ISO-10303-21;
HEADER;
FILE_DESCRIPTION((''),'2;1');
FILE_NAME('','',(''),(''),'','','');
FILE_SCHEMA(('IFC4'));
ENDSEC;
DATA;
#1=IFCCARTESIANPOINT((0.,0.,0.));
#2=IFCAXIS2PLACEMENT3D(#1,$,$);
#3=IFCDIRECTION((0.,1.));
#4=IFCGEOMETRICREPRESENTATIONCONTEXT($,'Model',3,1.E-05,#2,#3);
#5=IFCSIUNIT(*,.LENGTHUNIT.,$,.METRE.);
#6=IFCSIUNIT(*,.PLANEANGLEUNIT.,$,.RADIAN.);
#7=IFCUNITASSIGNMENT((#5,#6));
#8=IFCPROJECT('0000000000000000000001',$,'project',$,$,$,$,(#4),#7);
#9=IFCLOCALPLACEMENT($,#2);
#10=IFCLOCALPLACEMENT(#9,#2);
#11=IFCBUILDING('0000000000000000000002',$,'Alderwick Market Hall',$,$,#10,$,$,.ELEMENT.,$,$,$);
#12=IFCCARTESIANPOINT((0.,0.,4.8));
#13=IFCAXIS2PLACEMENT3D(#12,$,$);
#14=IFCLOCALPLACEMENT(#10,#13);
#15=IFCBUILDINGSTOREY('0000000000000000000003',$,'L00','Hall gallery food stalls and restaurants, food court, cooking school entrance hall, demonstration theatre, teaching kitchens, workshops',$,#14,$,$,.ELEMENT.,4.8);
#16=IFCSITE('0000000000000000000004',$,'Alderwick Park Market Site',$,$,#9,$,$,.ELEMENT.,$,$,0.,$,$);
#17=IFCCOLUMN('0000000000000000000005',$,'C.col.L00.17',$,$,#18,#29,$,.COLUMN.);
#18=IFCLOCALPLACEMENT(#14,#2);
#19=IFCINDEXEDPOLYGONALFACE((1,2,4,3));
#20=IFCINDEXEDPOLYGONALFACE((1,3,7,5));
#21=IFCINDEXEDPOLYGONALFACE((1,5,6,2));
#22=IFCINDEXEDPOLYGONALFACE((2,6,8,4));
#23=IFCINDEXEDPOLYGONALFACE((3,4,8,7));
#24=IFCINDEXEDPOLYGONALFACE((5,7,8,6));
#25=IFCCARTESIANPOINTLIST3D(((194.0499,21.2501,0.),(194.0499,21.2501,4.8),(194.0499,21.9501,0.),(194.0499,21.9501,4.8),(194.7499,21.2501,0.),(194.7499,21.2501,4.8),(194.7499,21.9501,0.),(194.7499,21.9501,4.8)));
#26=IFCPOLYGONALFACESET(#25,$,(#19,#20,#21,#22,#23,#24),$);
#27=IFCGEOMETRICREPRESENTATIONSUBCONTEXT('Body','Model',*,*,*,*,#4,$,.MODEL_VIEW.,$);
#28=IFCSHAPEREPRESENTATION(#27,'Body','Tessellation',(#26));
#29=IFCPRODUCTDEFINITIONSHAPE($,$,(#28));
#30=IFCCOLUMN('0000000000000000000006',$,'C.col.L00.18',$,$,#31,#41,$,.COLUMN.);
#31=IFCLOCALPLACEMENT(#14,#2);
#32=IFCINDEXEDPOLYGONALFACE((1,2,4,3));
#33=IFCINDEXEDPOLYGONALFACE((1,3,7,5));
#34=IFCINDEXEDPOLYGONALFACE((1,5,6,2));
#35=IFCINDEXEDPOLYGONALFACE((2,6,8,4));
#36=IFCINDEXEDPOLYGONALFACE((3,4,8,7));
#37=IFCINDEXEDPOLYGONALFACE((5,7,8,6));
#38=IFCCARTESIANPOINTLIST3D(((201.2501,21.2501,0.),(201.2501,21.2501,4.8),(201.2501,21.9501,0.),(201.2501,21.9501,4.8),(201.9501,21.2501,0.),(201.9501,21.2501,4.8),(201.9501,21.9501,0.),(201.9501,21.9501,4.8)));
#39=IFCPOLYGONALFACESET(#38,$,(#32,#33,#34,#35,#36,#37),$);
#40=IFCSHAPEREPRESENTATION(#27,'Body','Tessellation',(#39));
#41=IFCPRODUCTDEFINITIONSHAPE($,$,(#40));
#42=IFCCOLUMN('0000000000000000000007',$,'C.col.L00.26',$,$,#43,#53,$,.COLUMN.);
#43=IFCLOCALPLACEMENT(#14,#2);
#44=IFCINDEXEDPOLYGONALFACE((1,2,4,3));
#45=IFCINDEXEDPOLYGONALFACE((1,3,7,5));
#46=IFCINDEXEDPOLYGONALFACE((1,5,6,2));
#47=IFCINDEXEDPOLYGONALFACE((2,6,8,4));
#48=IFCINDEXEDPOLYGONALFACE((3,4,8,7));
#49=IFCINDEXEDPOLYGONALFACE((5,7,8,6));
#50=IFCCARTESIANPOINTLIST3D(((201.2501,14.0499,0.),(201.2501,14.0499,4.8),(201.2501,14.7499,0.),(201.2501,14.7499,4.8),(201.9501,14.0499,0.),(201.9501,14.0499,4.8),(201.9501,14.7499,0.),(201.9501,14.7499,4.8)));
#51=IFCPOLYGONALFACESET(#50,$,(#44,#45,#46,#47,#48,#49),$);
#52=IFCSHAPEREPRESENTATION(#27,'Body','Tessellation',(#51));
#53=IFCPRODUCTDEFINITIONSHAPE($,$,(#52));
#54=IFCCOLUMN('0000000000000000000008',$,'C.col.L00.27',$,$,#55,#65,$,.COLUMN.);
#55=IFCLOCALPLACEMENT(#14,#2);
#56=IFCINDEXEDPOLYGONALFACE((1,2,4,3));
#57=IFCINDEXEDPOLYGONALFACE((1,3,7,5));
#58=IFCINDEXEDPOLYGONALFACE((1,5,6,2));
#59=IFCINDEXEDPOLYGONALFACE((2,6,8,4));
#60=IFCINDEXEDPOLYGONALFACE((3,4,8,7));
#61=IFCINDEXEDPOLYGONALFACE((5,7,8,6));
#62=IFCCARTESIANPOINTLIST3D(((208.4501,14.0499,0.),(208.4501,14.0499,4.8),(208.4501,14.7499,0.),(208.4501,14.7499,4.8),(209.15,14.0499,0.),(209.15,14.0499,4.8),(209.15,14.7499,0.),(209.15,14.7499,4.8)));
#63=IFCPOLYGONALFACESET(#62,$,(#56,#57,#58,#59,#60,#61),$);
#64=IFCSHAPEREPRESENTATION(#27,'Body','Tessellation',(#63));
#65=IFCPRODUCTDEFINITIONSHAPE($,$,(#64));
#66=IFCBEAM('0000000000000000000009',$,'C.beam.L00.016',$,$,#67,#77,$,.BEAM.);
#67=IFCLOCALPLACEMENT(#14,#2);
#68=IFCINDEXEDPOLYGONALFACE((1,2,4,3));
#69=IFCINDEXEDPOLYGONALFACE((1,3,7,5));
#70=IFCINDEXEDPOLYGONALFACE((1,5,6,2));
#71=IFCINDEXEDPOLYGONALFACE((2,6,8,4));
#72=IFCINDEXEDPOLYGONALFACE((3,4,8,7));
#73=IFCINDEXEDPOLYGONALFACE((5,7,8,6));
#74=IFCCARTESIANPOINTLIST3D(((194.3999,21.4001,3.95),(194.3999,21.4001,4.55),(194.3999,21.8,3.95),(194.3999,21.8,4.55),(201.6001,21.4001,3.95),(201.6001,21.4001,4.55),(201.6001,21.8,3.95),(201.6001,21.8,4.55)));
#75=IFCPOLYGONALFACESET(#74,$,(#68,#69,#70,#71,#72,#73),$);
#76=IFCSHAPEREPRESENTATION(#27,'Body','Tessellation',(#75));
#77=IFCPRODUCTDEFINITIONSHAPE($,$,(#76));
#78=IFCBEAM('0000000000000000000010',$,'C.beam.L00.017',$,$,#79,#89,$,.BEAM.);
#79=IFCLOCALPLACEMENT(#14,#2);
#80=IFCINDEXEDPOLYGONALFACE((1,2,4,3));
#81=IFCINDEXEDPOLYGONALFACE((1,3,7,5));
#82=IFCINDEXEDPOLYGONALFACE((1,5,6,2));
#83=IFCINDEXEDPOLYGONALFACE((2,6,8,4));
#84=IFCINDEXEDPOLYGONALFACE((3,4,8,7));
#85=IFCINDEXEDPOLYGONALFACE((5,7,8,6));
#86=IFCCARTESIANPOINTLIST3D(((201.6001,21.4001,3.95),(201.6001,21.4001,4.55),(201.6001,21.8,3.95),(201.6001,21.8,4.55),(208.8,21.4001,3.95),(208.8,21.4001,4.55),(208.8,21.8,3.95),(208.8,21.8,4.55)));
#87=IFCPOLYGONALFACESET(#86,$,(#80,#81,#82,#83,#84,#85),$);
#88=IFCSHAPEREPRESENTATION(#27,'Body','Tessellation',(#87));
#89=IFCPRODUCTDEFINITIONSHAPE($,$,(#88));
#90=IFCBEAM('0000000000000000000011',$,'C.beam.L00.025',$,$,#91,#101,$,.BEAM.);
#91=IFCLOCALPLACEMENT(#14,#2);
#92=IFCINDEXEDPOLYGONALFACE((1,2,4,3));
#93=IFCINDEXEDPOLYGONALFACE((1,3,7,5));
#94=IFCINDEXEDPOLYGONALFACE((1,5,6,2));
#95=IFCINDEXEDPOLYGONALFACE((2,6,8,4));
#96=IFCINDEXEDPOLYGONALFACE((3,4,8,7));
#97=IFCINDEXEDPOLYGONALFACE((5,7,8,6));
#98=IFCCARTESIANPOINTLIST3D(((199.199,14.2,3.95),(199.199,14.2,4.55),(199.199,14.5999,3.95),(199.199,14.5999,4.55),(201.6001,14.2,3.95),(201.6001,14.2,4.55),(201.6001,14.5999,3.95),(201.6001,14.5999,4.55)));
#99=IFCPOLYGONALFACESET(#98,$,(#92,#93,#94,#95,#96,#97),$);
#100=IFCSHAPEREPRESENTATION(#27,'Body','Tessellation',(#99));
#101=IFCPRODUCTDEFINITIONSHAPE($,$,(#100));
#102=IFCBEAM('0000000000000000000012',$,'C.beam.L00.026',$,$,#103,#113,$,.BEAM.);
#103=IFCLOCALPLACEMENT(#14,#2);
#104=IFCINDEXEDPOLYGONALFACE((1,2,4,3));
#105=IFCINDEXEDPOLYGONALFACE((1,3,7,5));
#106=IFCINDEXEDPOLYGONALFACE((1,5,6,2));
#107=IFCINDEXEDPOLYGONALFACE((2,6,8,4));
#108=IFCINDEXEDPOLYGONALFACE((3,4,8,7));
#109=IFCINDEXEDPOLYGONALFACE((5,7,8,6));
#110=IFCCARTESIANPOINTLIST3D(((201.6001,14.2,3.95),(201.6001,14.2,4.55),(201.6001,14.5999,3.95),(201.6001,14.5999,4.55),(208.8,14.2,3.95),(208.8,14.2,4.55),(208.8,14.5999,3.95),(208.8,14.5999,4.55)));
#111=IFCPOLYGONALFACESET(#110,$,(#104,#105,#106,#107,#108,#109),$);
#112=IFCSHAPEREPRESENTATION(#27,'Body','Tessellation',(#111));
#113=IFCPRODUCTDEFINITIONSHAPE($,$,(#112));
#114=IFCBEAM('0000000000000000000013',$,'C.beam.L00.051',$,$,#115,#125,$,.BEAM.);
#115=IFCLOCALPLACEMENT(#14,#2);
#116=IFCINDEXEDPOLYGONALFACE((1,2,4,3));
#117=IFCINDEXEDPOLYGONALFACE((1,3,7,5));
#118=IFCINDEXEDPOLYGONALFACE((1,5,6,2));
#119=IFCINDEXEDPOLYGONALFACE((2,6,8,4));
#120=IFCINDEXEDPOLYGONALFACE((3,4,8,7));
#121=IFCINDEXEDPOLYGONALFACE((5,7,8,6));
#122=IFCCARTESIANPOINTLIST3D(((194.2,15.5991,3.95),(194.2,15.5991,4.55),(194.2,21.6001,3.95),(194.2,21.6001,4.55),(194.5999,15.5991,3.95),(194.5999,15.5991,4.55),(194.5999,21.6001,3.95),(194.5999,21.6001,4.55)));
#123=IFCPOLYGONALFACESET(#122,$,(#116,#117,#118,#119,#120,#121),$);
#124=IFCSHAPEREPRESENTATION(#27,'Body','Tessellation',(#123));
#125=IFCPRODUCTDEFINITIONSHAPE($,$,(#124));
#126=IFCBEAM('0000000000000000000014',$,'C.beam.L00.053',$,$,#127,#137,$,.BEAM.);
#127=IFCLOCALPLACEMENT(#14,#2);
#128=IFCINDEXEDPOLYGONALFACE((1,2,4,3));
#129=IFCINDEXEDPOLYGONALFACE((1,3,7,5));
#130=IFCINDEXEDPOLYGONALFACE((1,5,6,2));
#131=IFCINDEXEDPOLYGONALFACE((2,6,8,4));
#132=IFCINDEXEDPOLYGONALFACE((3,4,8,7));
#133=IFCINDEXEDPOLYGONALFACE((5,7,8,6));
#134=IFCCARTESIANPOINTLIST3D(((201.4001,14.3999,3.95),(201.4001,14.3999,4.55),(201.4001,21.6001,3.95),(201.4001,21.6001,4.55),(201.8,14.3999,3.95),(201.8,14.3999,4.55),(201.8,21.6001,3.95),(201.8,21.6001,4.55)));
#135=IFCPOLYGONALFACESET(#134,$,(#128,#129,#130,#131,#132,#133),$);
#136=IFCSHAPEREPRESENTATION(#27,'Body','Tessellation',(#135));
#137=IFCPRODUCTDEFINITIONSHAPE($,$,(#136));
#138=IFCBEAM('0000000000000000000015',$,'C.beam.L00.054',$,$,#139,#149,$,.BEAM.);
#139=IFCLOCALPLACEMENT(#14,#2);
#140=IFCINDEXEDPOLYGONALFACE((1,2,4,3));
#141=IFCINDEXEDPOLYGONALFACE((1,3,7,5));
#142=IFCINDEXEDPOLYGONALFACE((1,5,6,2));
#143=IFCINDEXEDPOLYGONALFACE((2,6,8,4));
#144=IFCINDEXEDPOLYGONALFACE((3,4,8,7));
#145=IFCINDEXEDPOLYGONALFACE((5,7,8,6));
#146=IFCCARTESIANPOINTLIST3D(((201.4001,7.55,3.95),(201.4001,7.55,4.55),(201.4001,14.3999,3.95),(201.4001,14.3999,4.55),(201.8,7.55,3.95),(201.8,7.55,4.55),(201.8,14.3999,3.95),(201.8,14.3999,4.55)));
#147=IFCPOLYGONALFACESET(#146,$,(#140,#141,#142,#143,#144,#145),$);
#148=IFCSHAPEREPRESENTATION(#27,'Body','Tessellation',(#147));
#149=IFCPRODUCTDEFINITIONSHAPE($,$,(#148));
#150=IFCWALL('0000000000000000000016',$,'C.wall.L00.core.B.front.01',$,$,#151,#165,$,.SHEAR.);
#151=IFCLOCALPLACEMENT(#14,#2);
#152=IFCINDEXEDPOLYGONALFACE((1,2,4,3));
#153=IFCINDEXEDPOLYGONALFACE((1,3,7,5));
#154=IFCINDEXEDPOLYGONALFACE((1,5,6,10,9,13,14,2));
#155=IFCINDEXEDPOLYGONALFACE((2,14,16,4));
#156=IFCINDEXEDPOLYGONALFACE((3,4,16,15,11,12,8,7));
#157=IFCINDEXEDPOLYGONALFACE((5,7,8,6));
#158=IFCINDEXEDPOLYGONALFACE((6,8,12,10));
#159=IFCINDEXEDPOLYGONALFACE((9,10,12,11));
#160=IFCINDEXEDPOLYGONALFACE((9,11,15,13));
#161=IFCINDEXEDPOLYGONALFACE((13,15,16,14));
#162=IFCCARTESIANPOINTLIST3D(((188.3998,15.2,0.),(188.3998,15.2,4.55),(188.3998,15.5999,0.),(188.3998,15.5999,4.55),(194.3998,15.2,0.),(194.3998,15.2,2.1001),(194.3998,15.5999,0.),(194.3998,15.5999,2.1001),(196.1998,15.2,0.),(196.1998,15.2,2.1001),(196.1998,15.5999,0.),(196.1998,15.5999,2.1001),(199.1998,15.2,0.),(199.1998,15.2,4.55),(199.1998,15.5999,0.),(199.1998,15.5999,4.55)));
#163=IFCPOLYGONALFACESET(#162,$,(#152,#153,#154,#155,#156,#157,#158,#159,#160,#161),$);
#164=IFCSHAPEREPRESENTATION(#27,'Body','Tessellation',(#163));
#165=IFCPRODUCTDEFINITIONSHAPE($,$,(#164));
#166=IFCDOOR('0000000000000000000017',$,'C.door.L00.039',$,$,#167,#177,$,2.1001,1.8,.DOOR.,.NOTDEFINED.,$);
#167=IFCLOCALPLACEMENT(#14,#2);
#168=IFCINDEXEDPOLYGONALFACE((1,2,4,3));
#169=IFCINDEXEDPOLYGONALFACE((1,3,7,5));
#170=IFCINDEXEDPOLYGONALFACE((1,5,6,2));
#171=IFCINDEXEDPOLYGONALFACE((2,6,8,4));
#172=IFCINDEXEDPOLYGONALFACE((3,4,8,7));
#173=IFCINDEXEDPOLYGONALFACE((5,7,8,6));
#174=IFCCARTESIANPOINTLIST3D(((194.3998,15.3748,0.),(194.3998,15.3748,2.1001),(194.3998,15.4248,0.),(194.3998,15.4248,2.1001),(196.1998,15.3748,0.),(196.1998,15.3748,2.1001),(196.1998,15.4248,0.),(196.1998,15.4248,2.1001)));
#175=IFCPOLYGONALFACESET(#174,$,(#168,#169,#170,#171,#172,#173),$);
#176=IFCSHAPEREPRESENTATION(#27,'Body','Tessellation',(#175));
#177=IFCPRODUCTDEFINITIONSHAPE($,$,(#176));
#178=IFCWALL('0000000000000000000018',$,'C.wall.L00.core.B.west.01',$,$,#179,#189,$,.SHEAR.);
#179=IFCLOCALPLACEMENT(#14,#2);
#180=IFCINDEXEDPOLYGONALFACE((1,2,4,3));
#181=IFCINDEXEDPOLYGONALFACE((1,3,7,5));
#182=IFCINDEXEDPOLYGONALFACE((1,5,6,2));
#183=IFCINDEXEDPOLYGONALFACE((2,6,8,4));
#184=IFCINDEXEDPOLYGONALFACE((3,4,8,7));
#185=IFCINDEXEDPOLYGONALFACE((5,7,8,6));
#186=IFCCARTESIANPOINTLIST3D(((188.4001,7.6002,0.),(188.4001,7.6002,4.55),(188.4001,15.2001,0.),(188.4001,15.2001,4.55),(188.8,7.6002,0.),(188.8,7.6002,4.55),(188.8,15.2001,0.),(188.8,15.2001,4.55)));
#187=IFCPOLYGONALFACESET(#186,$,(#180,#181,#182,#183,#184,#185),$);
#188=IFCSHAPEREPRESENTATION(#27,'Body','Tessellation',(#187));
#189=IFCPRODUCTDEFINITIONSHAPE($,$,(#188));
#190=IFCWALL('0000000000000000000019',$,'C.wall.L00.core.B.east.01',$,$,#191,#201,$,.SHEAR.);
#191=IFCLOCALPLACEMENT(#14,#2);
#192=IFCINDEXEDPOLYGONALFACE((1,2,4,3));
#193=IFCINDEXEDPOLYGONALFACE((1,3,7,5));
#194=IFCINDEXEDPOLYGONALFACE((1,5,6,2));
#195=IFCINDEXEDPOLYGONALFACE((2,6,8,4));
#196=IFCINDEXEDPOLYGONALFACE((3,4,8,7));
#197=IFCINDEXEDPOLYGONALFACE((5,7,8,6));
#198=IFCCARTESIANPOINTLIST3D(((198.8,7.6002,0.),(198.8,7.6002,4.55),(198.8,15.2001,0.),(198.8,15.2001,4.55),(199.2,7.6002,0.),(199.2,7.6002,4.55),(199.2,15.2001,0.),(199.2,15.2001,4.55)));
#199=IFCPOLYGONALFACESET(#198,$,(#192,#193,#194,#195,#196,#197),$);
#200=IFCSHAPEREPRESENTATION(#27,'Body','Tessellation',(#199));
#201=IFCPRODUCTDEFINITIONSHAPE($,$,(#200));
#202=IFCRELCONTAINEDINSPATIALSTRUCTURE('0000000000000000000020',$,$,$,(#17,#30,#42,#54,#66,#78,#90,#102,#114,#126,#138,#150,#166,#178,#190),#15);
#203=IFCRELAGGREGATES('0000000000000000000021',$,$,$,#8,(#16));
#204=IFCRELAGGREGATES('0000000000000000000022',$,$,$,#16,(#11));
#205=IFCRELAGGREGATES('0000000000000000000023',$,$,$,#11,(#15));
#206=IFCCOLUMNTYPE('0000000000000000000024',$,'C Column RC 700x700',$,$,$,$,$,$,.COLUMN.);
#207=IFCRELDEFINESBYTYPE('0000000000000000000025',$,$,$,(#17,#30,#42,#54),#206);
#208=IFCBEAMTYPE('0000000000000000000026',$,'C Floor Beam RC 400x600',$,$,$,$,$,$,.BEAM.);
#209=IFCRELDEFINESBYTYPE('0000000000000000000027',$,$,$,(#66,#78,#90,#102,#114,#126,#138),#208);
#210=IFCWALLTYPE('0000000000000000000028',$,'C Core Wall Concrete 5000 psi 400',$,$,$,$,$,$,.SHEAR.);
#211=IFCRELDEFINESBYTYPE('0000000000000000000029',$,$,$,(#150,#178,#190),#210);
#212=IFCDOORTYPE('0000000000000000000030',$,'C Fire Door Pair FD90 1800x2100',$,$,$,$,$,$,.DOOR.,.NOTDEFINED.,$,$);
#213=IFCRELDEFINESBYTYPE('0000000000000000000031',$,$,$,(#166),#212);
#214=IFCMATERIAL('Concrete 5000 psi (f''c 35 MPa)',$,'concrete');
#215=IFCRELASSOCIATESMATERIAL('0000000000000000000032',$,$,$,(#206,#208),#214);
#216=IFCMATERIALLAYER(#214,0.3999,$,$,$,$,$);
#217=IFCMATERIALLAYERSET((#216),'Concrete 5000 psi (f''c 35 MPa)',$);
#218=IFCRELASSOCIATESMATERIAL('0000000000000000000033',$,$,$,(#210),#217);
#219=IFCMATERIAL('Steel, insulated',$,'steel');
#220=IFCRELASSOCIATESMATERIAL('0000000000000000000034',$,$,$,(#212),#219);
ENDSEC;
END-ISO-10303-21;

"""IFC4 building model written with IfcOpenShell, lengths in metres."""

from ifc_helpers import new_model, si_unit, direction, frame, frame_2d, origin, origin_2d, place, context, subcontext, project, spatial, rectangle, extrude, material, layer, layer_set, material_profile, profile_set, type_object, element, fill, save


model = new_model("IFC4")

# Units and contexts
model_context = context("Model", 3, precision=1e-05, world=origin(), true_north=direction((0.0, 1.0)))
body_context = subcontext(model_context, "Body", "Model", "MODEL_VIEW")
ifc_project = project(units=[si_unit("LENGTHUNIT", "METRE"), si_unit("PLANEANGLEUNIT", "RADIAN")], contexts=[model_context])

# Site, building, storey
site_placement = place(None, origin())
site = spatial("IfcSite", under=ifc_project, at=site_placement, Name="Alderwick Park Market Site", CompositionType="ELEMENT", RefElevation=0.0)
building_placement = place(site_placement, origin())
building = spatial("IfcBuilding", under=site, at=building_placement, Name="Alderwick Market Hall", CompositionType="ELEMENT")
storey_placement = place(building_placement, frame((0.0, 0.0, 4.8)))
storey = spatial("IfcBuildingStorey", under=building, at=storey_placement, Name="L00", Description="Hall gallery food stalls and restaurants, food court, cooking school entrance hall, demonstration theatre, teaching kitchens, workshops", CompositionType="ELEMENT", Elevation=4.8)

# Columns
ifc_material_1 = material(Name="Concrete 5000 psi (f'c 35 MPa)", Category="concrete")
ifc_material_profile_1 = material_profile(ifc_material_1, rectangle(XDim=0.7, YDim=0.7, at=origin_2d()), Name="RC 700x700")
ifc_profile_set_1 = profile_set([ifc_material_profile_1], Name="Concrete 5000 psi (f'c 35 MPa)")
column_type = type_object("IfcColumnType", Name="C Column RC 700x700", PredefinedType="COLUMN", material=ifc_profile_set_1)
for number, where, z_axis, x_axis, name in (
    (1, (194.3999, 21.6001, 0.0), (0.0, 0.0, 1.0), (1.0, 0.0, 0.0), "C.col.L00.17"),
    (2, (201.6001, 21.6001, 0.0), (0.0, 0.0, 1.0), (1.0, 0.0, 0.0), "C.col.L00.18"),
    (3, (201.6001, 14.3999, 0.0), (0.0, 0.0, 1.0), (1.0, 0.0, 0.0), "C.col.L00.26"),
    (4, (208.8, 14.3999, 0.0), (0.0, 0.0, 1.0), (1.0, 0.0, 0.0), "C.col.L00.27"),
):
    element("IfcColumn", number, at=place(storey_placement, frame(where, z_axis=z_axis, x_axis=x_axis)), inside=storey, type_object=column_type, Name=name, PredefinedType="COLUMN", context=body_context, shape_type="SweptSolid", body=[
        extrude(rectangle(XDim=0.7, YDim=0.7, at=origin_2d()), origin(), (0.0, 0.0, 1.0), 4.8),
    ])

# Beams
ifc_material_profile_2 = material_profile(ifc_material_1, rectangle(XDim=0.3999, YDim=0.6001, at=origin_2d()), Name="RC 400x600")
ifc_profile_set_2 = profile_set([ifc_material_profile_2], Name="Concrete 5000 psi (f'c 35 MPa)")
beam_type = type_object("IfcBeamType", Name="C Floor Beam RC 400x600", PredefinedType="BEAM", material=ifc_profile_set_2)
beam_1_placement = place(storey_placement, frame((194.3999, 21.6001, 4.25), z_axis=(1.0, 0.0, 0.0), x_axis=(0.0, 1.0, 0.0)))
element("IfcBeam", 5, at=beam_1_placement, inside=storey, type_object=beam_type, Name="C.beam.L00.016", PredefinedType="BEAM", context=body_context, shape_type="SweptSolid", body=[
    extrude(rectangle(XDim=0.3999, YDim=0.6001, at=origin_2d()), origin(), (0.0, 0.0, 1.0), 7.2002),
])
beam_2_placement = place(storey_placement, frame((201.6001, 21.6001, 4.25), z_axis=(1.0, 0.0, 0.0), x_axis=(0.0, 1.0, 0.0)))
element("IfcBeam", 6, at=beam_2_placement, inside=storey, type_object=beam_type, Name="C.beam.L00.017", PredefinedType="BEAM", context=body_context, shape_type="SweptSolid", body=[
    extrude(rectangle(XDim=0.3999, YDim=0.6001, at=origin_2d()), origin(), (0.0, 0.0, 1.0), 7.2),
])
beam_3_placement = place(storey_placement, frame((199.199, 14.3999, 4.25), z_axis=(1.0, 0.0, 0.0), x_axis=(0.0, 1.0, 0.0)))
element("IfcBeam", 7, at=beam_3_placement, inside=storey, type_object=beam_type, Name="C.beam.L00.025", PredefinedType="BEAM", context=body_context, shape_type="SweptSolid", body=[
    extrude(rectangle(XDim=0.3999, YDim=0.6001, at=origin_2d()), origin(), (0.0, 0.0, 1.0), 2.4011),
])
beam_4_placement = place(storey_placement, frame((201.6001, 14.3999, 4.25), z_axis=(1.0, 0.0, 0.0), x_axis=(0.0, 1.0, 0.0)))
element("IfcBeam", 8, at=beam_4_placement, inside=storey, type_object=beam_type, Name="C.beam.L00.026", PredefinedType="BEAM", context=body_context, shape_type="SweptSolid", body=[
    extrude(rectangle(XDim=0.3999, YDim=0.6001, at=origin_2d()), origin(), (0.0, 0.0, 1.0), 7.2),
])
beam_5_placement = place(storey_placement, frame((194.3999, 21.6001, 4.25), z_axis=(0.0, -1.0, 0.0), x_axis=(1.0, 0.0, 0.0)))
element("IfcBeam", 9, at=beam_5_placement, inside=storey, type_object=beam_type, Name="C.beam.L00.051", PredefinedType="BEAM", context=body_context, shape_type="SweptSolid", body=[
    extrude(rectangle(XDim=0.3999, YDim=0.6001, at=origin_2d()), origin(), (0.0, 0.0, 1.0), 6.001),
])
beam_6_placement = place(storey_placement, frame((201.6001, 21.6001, 4.25), z_axis=(0.0, -1.0, 0.0), x_axis=(1.0, 0.0, 0.0)))
element("IfcBeam", 10, at=beam_6_placement, inside=storey, type_object=beam_type, Name="C.beam.L00.053", PredefinedType="BEAM", context=body_context, shape_type="SweptSolid", body=[
    extrude(rectangle(XDim=0.3999, YDim=0.6001, at=origin_2d()), origin(), (0.0, 0.0, 1.0), 7.2002),
])
beam_7_placement = place(storey_placement, frame((201.6001, 14.3999, 4.25), z_axis=(0.0, -1.0, 0.0), x_axis=(1.0, 0.0, 0.0)))
element("IfcBeam", 11, at=beam_7_placement, inside=storey, type_object=beam_type, Name="C.beam.L00.054", PredefinedType="BEAM", context=body_context, shape_type="SweptSolid", body=[
    extrude(rectangle(XDim=0.3999, YDim=0.6001, at=origin_2d()), origin(), (0.0, 0.0, 1.0), 6.8499),
])

# Wall, opening, door
ifc_layer_1 = layer(ifc_material_1, 0.3999)
ifc_layer_set_1 = layer_set([ifc_layer_1], Name="Concrete 5000 psi (f'c 35 MPa)")
wall_type_1 = type_object("IfcWallType", Name="C Core Wall Concrete 5000 psi 400", PredefinedType="SHEAR", material=ifc_layer_set_1)
wall_1_placement = place(storey_placement, frame((188.3999, 15.3999, 0.0), z_axis=(0.0, 0.0, 1.0), x_axis=(1.0, 0.0, 0.0)))
wall_1 = element("IfcWall", 12, at=wall_1_placement, inside=storey, type_object=wall_type_1, Name="C.wall.L00.core.B.front.01", PredefinedType="SHEAR", context=body_context, shape_type="SweptSolid", body=[
    extrude(rectangle(XDim=10.8, YDim=0.3999, at=frame_2d((5.3999, 0.0))), origin(), (0.0, 0.0, 1.0), 4.55),
])
opening_1_placement = place(wall_1_placement, frame((6.0, 0.0, 0.0)))
opening_1 = element("IfcOpeningElement", 13, at=opening_1_placement, cuts=wall_1, PredefinedType="OPENING", context=body_context, shape_type="SweptSolid", body=[
    extrude(rectangle(XDim=1.8, YDim=2.1001, at=frame_2d((0.8999, 1.05))), frame((0.0, 0.21, 0.0), z_axis=(0.0, -1.0, 0.0), x_axis=(1.0, 0.0, 0.0)), (0.0, 0.0, 1.0), 0.4199),
])
ifc_material_2 = material(Name="Steel, insulated", Category="steel")
door_type_1 = type_object("IfcDoorType", Name="C Fire Door Pair FD90 1800x2100", OperationType="NOTDEFINED", PredefinedType="DOOR", material=ifc_material_2)
door_1_placement = place(opening_1_placement, origin())
door_1 = element("IfcDoor", 14, at=door_1_placement, inside=storey, type_object=door_type_1, Name="C.door.L00.039", OperationType="NOTDEFINED", OverallHeight=2.1001, OverallWidth=1.8, PredefinedType="DOOR", context=body_context, shape_type="SweptSolid", body=[
    extrude(rectangle(XDim=1.8, YDim=2.1001, at=frame_2d((0.8999, 1.05))), frame((0.0, 0.0249, 0.0), z_axis=(0.0, -1.0, 0.0), x_axis=(1.0, 0.0, 0.0)), (0.0, 0.0, 1.0), 0.05),
])
fill(opening_1, door_1)

# Walls
for number, where, z_axis, x_axis, name in (
    (15, (188.6001, 15.2, 0.0), (0.0, 0.0, 1.0), (0.0, -1.0, 0.0), "C.wall.L00.core.B.west.01"),
    (16, (199.0, 15.2, 0.0), (0.0, 0.0, 1.0), (0.0, -1.0, 0.0), "C.wall.L00.core.B.east.01"),
):
    element("IfcWall", number, at=place(storey_placement, frame(where, z_axis=z_axis, x_axis=x_axis)), inside=storey, type_object=wall_type_1, Name=name, PredefinedType="SHEAR", context=body_context, shape_type="SweptSolid", body=[
        extrude(rectangle(XDim=7.5999, YDim=0.3999, at=frame_2d((3.7998, 0.0))), origin(), (0.0, 0.0, 1.0), 4.55),
    ])

save(model, "model.ifc")
